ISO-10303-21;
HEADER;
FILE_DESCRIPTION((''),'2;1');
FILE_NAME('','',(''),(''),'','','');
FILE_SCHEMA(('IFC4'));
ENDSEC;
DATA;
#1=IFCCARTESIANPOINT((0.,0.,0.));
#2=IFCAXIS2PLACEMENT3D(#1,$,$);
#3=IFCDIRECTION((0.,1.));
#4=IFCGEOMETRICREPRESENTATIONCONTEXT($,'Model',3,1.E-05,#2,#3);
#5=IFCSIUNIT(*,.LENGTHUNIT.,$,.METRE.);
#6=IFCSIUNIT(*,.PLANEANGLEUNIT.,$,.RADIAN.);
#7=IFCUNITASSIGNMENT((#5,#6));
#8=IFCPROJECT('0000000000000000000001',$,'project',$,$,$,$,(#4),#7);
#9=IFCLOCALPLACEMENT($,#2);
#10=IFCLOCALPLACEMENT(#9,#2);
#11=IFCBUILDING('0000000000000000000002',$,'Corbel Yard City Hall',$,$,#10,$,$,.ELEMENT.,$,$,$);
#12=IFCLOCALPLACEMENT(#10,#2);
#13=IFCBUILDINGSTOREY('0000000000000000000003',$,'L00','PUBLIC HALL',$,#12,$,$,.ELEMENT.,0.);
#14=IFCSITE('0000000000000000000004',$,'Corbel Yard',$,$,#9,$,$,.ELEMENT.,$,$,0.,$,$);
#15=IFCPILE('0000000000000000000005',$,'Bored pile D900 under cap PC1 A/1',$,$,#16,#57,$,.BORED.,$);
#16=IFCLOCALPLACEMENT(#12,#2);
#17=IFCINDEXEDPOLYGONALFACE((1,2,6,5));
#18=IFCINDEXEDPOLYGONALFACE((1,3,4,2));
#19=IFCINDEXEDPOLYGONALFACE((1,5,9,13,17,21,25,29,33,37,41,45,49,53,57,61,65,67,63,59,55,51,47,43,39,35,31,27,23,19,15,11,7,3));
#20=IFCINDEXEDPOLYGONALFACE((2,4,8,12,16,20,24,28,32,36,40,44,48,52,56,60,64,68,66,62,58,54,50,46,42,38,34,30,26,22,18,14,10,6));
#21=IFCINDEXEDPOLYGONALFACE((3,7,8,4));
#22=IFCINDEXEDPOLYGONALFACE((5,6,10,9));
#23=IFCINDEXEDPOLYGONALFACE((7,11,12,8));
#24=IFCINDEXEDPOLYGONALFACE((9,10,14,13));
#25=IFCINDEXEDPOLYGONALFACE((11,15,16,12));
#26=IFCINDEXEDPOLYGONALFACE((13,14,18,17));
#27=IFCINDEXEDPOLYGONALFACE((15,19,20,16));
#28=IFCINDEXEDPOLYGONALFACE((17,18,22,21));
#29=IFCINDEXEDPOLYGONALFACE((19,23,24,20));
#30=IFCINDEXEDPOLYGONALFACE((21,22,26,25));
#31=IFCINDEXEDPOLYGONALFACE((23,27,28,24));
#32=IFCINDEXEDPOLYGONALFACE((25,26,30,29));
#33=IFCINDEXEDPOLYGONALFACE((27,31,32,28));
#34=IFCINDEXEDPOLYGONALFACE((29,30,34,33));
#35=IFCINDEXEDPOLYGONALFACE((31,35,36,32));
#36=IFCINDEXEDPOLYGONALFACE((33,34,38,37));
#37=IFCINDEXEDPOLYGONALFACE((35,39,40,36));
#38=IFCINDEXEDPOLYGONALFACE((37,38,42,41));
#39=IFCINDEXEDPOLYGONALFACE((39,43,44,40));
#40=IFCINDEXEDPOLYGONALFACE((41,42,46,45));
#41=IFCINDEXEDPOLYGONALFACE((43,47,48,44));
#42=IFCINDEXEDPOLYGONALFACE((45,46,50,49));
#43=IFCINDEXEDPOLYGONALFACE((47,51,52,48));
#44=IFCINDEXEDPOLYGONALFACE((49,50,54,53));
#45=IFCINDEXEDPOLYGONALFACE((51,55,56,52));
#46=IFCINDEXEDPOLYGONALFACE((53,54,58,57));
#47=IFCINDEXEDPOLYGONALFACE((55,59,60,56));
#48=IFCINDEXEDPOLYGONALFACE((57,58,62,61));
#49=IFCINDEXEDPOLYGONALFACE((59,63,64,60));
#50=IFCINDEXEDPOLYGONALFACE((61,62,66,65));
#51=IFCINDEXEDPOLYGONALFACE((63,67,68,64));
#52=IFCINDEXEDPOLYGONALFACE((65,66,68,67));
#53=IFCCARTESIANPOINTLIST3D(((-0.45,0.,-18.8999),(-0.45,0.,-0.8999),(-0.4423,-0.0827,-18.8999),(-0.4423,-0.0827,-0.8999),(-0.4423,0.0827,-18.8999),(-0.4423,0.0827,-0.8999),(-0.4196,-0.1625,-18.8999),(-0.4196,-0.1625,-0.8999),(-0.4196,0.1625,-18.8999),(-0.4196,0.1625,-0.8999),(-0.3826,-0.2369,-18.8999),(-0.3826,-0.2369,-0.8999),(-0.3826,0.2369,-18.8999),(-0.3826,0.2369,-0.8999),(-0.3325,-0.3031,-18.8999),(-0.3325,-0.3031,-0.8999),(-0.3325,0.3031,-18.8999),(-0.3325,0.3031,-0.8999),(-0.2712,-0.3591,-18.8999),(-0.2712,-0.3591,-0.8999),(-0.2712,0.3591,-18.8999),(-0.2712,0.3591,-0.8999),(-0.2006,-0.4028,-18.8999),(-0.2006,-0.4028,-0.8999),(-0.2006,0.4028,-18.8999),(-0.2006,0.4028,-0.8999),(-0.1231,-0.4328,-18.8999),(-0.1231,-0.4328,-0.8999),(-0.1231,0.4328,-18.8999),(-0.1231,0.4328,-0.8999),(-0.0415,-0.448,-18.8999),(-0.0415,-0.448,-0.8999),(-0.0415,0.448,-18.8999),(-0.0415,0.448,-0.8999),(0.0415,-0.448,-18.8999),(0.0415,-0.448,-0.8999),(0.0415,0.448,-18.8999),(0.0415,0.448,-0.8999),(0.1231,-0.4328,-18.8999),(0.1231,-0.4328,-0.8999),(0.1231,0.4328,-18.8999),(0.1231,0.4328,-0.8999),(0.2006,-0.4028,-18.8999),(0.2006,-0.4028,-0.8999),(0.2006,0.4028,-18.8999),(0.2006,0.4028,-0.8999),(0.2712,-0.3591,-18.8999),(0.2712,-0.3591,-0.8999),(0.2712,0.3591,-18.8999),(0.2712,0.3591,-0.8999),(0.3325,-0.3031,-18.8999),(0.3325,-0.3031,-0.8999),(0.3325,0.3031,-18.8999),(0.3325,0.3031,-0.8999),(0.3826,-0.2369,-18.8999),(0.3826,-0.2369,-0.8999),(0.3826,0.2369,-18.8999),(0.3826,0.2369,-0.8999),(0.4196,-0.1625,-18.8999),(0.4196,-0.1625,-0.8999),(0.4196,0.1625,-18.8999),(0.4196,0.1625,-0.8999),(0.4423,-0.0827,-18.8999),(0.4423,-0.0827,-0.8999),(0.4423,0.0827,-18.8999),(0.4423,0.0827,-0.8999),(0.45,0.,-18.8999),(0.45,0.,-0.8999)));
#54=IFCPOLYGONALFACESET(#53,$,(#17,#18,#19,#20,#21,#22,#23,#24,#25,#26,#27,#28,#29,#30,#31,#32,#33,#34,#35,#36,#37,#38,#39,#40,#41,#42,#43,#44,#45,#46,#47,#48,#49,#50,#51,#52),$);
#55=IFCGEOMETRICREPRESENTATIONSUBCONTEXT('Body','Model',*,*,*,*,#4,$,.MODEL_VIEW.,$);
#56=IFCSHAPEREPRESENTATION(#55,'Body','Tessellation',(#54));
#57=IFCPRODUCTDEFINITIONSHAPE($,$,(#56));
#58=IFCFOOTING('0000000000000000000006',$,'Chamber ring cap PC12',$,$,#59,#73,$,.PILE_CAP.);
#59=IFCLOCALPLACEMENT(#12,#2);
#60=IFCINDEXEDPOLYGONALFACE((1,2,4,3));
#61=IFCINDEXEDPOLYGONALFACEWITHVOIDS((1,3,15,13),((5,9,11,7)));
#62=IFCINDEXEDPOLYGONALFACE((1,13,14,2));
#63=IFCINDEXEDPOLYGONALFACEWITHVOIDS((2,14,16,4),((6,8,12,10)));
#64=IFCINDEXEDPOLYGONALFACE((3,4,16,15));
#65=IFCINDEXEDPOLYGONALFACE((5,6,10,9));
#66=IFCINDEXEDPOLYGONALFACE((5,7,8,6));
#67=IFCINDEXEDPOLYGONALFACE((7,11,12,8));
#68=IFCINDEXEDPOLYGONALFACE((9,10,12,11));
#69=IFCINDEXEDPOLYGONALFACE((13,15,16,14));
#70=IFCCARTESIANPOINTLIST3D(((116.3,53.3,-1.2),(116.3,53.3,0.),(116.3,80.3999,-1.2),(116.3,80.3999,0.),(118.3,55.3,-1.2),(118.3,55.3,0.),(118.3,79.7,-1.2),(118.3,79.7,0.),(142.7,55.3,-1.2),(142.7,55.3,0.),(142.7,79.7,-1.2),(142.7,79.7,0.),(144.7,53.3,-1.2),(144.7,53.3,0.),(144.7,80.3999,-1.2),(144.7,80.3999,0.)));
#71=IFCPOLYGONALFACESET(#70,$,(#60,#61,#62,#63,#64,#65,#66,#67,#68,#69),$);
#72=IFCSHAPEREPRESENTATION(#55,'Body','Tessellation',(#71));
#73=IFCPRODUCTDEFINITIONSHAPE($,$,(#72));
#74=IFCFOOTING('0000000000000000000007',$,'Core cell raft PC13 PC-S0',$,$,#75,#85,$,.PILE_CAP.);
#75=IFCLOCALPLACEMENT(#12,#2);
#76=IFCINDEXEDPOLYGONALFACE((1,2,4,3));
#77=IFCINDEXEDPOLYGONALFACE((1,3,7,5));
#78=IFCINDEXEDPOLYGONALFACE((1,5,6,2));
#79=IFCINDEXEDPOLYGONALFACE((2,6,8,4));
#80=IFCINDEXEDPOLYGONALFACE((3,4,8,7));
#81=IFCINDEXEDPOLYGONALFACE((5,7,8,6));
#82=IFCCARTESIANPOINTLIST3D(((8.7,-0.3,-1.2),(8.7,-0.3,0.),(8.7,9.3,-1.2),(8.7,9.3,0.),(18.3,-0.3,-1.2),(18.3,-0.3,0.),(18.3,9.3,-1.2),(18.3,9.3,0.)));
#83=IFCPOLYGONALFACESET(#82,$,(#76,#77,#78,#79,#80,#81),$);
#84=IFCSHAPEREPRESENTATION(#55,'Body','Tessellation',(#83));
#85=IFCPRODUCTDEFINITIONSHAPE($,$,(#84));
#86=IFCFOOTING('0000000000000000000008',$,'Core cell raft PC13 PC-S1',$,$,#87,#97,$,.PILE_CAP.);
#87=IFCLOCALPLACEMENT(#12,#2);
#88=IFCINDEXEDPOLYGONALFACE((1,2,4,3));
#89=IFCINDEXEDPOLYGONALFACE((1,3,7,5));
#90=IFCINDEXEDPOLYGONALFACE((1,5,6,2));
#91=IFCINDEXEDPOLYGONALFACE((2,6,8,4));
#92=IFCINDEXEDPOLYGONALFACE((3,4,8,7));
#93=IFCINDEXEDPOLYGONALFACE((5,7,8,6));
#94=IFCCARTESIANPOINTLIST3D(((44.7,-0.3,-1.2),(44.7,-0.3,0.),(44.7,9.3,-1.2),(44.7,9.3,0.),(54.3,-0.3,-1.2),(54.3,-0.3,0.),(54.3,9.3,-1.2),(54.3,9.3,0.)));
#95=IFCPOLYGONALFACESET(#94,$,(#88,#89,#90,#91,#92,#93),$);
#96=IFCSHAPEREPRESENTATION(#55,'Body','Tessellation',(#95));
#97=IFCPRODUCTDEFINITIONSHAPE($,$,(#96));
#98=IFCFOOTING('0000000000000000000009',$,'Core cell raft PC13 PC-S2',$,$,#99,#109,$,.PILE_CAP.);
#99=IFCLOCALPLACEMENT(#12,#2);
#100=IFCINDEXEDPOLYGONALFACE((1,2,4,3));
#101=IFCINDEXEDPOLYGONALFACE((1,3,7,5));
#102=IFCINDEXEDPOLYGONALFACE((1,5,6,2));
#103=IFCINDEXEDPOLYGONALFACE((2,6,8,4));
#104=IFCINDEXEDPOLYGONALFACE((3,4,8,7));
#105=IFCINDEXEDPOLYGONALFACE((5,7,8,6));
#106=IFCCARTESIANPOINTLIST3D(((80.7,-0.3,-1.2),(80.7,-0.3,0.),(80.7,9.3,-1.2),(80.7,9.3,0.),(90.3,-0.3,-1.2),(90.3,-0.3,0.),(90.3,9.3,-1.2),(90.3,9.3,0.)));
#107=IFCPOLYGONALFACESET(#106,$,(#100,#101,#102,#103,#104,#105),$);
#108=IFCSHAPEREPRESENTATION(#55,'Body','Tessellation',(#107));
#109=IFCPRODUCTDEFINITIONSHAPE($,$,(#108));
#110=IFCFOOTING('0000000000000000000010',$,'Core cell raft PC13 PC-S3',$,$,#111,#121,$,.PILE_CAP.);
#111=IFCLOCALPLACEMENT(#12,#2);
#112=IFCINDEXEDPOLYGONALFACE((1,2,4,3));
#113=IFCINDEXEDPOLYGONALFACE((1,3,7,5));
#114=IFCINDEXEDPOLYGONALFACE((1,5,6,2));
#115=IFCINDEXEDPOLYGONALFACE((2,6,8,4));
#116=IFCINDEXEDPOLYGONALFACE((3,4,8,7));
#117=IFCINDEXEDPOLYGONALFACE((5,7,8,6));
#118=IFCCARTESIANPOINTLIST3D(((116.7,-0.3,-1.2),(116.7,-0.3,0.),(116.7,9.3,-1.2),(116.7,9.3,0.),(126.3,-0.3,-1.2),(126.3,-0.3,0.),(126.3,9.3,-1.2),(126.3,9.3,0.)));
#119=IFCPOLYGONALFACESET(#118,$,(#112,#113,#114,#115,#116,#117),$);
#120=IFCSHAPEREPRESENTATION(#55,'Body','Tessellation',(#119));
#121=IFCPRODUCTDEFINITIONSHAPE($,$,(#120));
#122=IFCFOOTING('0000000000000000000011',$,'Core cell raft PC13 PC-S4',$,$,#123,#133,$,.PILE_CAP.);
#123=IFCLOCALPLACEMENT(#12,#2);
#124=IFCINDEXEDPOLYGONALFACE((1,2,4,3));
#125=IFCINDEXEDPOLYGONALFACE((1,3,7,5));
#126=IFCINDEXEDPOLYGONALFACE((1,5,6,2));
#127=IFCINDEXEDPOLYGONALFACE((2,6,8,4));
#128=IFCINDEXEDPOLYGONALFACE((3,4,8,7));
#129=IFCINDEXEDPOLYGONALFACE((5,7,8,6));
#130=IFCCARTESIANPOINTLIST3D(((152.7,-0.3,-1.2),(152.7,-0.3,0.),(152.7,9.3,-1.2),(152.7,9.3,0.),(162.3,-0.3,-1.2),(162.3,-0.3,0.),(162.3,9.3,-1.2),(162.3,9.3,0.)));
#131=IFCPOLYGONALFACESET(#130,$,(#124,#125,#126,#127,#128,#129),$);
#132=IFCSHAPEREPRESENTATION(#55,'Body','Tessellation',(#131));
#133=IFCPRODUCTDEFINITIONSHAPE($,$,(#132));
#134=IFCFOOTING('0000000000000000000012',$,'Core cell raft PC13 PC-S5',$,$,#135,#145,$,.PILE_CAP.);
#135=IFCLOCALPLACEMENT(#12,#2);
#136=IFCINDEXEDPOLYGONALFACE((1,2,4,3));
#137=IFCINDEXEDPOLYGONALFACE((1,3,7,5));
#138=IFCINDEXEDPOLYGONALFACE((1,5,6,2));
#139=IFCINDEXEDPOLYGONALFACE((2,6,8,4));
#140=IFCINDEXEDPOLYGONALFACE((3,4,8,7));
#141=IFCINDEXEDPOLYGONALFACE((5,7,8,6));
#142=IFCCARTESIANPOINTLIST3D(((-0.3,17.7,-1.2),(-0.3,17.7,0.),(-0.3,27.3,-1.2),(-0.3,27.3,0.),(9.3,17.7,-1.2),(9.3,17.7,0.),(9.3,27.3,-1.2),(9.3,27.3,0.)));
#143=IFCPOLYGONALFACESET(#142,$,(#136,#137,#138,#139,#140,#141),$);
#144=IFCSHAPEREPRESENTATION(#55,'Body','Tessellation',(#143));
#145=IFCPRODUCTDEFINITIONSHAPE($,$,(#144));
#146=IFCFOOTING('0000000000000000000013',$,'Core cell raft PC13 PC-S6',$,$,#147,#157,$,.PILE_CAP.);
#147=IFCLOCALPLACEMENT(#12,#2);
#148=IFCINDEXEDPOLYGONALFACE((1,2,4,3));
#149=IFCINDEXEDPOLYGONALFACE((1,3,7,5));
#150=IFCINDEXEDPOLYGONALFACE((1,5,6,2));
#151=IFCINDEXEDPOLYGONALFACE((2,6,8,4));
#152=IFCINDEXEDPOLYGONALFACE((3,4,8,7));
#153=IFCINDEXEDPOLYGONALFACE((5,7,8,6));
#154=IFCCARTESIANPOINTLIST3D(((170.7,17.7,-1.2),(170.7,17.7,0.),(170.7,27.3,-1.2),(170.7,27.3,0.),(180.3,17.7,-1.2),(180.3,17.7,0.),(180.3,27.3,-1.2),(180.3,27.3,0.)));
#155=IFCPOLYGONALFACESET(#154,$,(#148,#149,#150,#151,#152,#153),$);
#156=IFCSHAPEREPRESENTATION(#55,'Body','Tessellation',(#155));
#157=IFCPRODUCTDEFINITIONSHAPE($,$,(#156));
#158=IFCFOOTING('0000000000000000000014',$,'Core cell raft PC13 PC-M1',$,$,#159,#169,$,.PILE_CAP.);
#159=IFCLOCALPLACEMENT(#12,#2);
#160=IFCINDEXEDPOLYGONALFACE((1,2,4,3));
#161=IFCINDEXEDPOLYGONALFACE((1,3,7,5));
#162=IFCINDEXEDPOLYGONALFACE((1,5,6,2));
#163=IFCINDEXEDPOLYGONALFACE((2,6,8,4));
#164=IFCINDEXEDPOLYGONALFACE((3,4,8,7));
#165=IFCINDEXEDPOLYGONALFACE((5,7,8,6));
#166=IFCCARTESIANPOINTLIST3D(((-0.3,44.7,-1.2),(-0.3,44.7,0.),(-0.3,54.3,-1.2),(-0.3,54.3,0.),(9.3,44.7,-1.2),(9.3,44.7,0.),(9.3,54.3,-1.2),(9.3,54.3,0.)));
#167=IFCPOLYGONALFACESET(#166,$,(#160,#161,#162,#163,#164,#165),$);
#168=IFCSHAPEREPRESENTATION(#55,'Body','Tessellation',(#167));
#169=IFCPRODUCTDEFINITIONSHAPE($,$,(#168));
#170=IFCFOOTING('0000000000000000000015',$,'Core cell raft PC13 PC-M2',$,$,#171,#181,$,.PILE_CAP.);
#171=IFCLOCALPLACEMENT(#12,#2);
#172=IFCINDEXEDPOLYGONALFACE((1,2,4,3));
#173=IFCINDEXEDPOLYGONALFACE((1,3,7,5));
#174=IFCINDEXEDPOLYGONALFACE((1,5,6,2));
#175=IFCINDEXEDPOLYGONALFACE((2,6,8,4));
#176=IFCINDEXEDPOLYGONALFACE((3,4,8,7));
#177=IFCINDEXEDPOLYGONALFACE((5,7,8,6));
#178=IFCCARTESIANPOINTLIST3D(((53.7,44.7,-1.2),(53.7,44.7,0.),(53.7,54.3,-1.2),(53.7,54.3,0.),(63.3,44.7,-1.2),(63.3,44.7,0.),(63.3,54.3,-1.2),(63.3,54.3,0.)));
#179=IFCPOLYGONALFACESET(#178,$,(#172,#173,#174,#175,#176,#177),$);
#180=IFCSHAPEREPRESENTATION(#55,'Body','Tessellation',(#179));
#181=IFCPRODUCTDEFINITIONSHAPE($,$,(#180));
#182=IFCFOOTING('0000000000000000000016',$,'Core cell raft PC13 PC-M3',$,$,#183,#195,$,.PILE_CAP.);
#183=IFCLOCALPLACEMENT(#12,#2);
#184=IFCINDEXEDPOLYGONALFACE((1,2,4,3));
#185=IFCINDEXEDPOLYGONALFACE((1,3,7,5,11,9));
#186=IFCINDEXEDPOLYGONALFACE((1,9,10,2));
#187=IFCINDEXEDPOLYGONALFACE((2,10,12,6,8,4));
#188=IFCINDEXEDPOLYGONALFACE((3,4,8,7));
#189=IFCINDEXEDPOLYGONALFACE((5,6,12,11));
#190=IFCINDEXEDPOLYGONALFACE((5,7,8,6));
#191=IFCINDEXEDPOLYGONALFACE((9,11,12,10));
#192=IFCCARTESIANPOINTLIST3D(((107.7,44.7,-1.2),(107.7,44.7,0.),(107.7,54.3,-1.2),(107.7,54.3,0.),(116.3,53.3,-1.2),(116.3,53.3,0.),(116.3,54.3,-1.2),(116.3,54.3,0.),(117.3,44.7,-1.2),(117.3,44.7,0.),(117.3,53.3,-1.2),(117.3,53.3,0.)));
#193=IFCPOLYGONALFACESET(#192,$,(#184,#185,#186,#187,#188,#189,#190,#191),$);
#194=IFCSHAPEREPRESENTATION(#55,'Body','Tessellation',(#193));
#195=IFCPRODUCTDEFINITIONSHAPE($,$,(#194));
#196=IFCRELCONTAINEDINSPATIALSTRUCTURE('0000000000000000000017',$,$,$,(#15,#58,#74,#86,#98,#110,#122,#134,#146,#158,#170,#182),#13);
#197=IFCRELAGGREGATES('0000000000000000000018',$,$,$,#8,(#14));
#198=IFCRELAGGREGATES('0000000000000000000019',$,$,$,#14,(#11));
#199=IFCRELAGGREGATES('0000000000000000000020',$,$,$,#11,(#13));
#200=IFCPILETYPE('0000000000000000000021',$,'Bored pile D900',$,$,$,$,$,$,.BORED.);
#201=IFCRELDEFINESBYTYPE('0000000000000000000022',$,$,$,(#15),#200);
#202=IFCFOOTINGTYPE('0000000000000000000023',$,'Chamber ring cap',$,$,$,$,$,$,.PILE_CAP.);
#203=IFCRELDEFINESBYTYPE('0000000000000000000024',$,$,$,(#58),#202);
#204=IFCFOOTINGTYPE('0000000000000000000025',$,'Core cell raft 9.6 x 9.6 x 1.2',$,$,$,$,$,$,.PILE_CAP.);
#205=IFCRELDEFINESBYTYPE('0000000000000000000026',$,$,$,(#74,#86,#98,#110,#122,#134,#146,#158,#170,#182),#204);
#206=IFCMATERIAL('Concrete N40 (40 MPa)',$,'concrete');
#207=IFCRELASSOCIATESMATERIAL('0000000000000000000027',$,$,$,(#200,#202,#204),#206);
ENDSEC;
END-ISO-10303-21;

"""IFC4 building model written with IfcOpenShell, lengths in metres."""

from ifc_helpers import new_model, si_unit, direction, frame, origin, origin_2d, place, context, subcontext, project, spatial, polyline, circle, outline, extrude, material, material_profile, profile_set, type_object, element, save


model = new_model("IFC4")

# Units and contexts
model_context = context("Model", 3, precision=1e-05, world=origin(), true_north=direction((0.0, 1.0)))
body_context = subcontext(model_context, "Body", "Model", "MODEL_VIEW")
ifc_project = project(units=[si_unit("LENGTHUNIT", "METRE"), si_unit("PLANEANGLEUNIT", "RADIAN")], contexts=[model_context])

# Site, building, storey
site_placement = place(None, origin())
site = spatial("IfcSite", under=ifc_project, at=site_placement, Name="Corbel Yard", CompositionType="ELEMENT", RefElevation=0.0)
building_placement = place(site_placement, origin())
building = spatial("IfcBuilding", under=site, at=building_placement, Name="Corbel Yard City Hall", CompositionType="ELEMENT")
storey_placement = place(building_placement, origin())
storey = spatial("IfcBuildingStorey", under=building, at=storey_placement, Name="L00", Description="PUBLIC HALL", CompositionType="ELEMENT", Elevation=0.0)

# Pile
ifc_material = material(Name="Concrete N40 (40 MPa)", Category="concrete")
ifc_material_profile = material_profile(ifc_material, circle(Radius=0.45, at=origin_2d()), Name="D900")
ifc_profile_set = profile_set([ifc_material_profile], Name="Concrete N40 (40 MPa)")
pile_type = type_object("IfcPileType", Name="Bored pile D900", PredefinedType="BORED", material=ifc_profile_set)
pile_placement = place(storey_placement, frame((0.0, 0.0, -0.8999), z_axis=(0.0, 0.0, -1.0), x_axis=(1.0, 0.0, 0.0)))
element("IfcPile", 1, at=pile_placement, inside=storey, type_object=pile_type, Name="Bored pile D900 under cap PC1 A/1", PredefinedType="BORED", context=body_context, shape_type="SweptSolid", body=[
    extrude(circle(Radius=0.45, at=origin_2d()), origin(), (0.0, 0.0, 1.0), 18.0),
])

# Footings
footing_type_1 = type_object("IfcFootingType", Name="Chamber ring cap", PredefinedType="PILE_CAP", material=ifc_material)
footing_1_placement = place(storey_placement, frame((0.0, 0.0, -1.2)))
element("IfcFooting", 2, at=footing_1_placement, inside=storey, type_object=footing_type_1, Name="Chamber ring cap PC12", PredefinedType="PILE_CAP", context=body_context, shape_type="SweptSolid", body=[
    extrude(outline(polyline([(116.3, 80.3999), (116.3, 53.3), (144.7, 53.3), (144.7, 80.3999), (116.3, 80.3999)]), holes=[polyline([(118.3, 79.7), (142.7, 79.7), (142.7, 55.3), (118.3, 55.3), (118.3, 79.7)])]), origin(), (0.0, 0.0, 1.0), 1.2),
])
footing_type_2 = type_object("IfcFootingType", Name="Core cell raft 9.6 x 9.6 x 1.2", PredefinedType="PILE_CAP", material=ifc_material)
footing_2_placement = place(storey_placement, frame((0.0, 0.0, -1.2)))
element("IfcFooting", 3, at=footing_2_placement, inside=storey, type_object=footing_type_2, Name="Core cell raft PC13 PC-S0", PredefinedType="PILE_CAP", context=body_context, shape_type="SweptSolid", body=[
    extrude(outline(polyline([(8.7, -0.3), (18.3, -0.3), (18.3, 9.3), (8.7, 9.3), (8.7, -0.3)])), origin(), (0.0, 0.0, 1.0), 1.2),
])
footing_3_placement = place(storey_placement, frame((0.0, 0.0, -1.2)))
element("IfcFooting", 4, at=footing_3_placement, inside=storey, type_object=footing_type_2, Name="Core cell raft PC13 PC-S1", PredefinedType="PILE_CAP", context=body_context, shape_type="SweptSolid", body=[
    extrude(outline(polyline([(44.7, -0.3), (54.3, -0.3), (54.3, 9.3), (44.7, 9.3), (44.7, -0.3)])), origin(), (0.0, 0.0, 1.0), 1.2),
])
footing_4_placement = place(storey_placement, frame((0.0, 0.0, -1.2)))
element("IfcFooting", 5, at=footing_4_placement, inside=storey, type_object=footing_type_2, Name="Core cell raft PC13 PC-S2", PredefinedType="PILE_CAP", context=body_context, shape_type="SweptSolid", body=[
    extrude(outline(polyline([(80.7, -0.3), (90.3, -0.3), (90.3, 9.3), (80.7, 9.3), (80.7, -0.3)])), origin(), (0.0, 0.0, 1.0), 1.2),
])
footing_5_placement = place(storey_placement, frame((0.0, 0.0, -1.2)))
element("IfcFooting", 6, at=footing_5_placement, inside=storey, type_object=footing_type_2, Name="Core cell raft PC13 PC-S3", PredefinedType="PILE_CAP", context=body_context, shape_type="SweptSolid", body=[
    extrude(outline(polyline([(116.7, -0.3), (126.3, -0.3), (126.3, 9.3), (116.7, 9.3), (116.7, -0.3)])), origin(), (0.0, 0.0, 1.0), 1.2),
])
footing_6_placement = place(storey_placement, frame((0.0, 0.0, -1.2)))
element("IfcFooting", 7, at=footing_6_placement, inside=storey, type_object=footing_type_2, Name="Core cell raft PC13 PC-S4", PredefinedType="PILE_CAP", context=body_context, shape_type="SweptSolid", body=[
    extrude(outline(polyline([(152.7, -0.3), (162.3, -0.3), (162.3, 9.3), (152.7, 9.3), (152.7, -0.3)])), origin(), (0.0, 0.0, 1.0), 1.2),
])
footing_7_placement = place(storey_placement, frame((0.0, 0.0, -1.2)))
element("IfcFooting", 8, at=footing_7_placement, inside=storey, type_object=footing_type_2, Name="Core cell raft PC13 PC-S5", PredefinedType="PILE_CAP", context=body_context, shape_type="SweptSolid", body=[
    extrude(outline(polyline([(-0.3, 17.7), (9.3, 17.7), (9.3, 27.3), (-0.3, 27.3), (-0.3, 17.7)])), origin(), (0.0, 0.0, 1.0), 1.2),
])
footing_8_placement = place(storey_placement, frame((0.0, 0.0, -1.2)))
element("IfcFooting", 9, at=footing_8_placement, inside=storey, type_object=footing_type_2, Name="Core cell raft PC13 PC-S6", PredefinedType="PILE_CAP", context=body_context, shape_type="SweptSolid", body=[
    extrude(outline(polyline([(170.7, 17.7), (180.3, 17.7), (180.3, 27.3), (170.7, 27.3), (170.7, 17.7)])), origin(), (0.0, 0.0, 1.0), 1.2),
])
footing_9_placement = place(storey_placement, frame((0.0, 0.0, -1.2)))
element("IfcFooting", 10, at=footing_9_placement, inside=storey, type_object=footing_type_2, Name="Core cell raft PC13 PC-M1", PredefinedType="PILE_CAP", context=body_context, shape_type="SweptSolid", body=[
    extrude(outline(polyline([(-0.3, 44.7), (9.3, 44.7), (9.3, 54.3), (-0.3, 54.3), (-0.3, 44.7)])), origin(), (0.0, 0.0, 1.0), 1.2),
])
footing_10_placement = place(storey_placement, frame((0.0, 0.0, -1.2)))
element("IfcFooting", 11, at=footing_10_placement, inside=storey, type_object=footing_type_2, Name="Core cell raft PC13 PC-M2", PredefinedType="PILE_CAP", context=body_context, shape_type="SweptSolid", body=[
    extrude(outline(polyline([(53.7, 44.7), (63.3, 44.7), (63.3, 54.3), (53.7, 54.3), (53.7, 44.7)])), origin(), (0.0, 0.0, 1.0), 1.2),
])
footing_11_placement = place(storey_placement, frame((0.0, 0.0, -1.2)))
element("IfcFooting", 12, at=footing_11_placement, inside=storey, type_object=footing_type_2, Name="Core cell raft PC13 PC-M3", PredefinedType="PILE_CAP", context=body_context, shape_type="SweptSolid", body=[
    extrude(outline(polyline([(117.3, 44.7), (117.3, 53.3), (116.3, 53.3), (116.3, 54.3), (107.7, 54.3), (107.7, 44.7), (117.3, 44.7)])), origin(), (0.0, 0.0, 1.0), 1.2),
])

save(model, "model.ifc")
